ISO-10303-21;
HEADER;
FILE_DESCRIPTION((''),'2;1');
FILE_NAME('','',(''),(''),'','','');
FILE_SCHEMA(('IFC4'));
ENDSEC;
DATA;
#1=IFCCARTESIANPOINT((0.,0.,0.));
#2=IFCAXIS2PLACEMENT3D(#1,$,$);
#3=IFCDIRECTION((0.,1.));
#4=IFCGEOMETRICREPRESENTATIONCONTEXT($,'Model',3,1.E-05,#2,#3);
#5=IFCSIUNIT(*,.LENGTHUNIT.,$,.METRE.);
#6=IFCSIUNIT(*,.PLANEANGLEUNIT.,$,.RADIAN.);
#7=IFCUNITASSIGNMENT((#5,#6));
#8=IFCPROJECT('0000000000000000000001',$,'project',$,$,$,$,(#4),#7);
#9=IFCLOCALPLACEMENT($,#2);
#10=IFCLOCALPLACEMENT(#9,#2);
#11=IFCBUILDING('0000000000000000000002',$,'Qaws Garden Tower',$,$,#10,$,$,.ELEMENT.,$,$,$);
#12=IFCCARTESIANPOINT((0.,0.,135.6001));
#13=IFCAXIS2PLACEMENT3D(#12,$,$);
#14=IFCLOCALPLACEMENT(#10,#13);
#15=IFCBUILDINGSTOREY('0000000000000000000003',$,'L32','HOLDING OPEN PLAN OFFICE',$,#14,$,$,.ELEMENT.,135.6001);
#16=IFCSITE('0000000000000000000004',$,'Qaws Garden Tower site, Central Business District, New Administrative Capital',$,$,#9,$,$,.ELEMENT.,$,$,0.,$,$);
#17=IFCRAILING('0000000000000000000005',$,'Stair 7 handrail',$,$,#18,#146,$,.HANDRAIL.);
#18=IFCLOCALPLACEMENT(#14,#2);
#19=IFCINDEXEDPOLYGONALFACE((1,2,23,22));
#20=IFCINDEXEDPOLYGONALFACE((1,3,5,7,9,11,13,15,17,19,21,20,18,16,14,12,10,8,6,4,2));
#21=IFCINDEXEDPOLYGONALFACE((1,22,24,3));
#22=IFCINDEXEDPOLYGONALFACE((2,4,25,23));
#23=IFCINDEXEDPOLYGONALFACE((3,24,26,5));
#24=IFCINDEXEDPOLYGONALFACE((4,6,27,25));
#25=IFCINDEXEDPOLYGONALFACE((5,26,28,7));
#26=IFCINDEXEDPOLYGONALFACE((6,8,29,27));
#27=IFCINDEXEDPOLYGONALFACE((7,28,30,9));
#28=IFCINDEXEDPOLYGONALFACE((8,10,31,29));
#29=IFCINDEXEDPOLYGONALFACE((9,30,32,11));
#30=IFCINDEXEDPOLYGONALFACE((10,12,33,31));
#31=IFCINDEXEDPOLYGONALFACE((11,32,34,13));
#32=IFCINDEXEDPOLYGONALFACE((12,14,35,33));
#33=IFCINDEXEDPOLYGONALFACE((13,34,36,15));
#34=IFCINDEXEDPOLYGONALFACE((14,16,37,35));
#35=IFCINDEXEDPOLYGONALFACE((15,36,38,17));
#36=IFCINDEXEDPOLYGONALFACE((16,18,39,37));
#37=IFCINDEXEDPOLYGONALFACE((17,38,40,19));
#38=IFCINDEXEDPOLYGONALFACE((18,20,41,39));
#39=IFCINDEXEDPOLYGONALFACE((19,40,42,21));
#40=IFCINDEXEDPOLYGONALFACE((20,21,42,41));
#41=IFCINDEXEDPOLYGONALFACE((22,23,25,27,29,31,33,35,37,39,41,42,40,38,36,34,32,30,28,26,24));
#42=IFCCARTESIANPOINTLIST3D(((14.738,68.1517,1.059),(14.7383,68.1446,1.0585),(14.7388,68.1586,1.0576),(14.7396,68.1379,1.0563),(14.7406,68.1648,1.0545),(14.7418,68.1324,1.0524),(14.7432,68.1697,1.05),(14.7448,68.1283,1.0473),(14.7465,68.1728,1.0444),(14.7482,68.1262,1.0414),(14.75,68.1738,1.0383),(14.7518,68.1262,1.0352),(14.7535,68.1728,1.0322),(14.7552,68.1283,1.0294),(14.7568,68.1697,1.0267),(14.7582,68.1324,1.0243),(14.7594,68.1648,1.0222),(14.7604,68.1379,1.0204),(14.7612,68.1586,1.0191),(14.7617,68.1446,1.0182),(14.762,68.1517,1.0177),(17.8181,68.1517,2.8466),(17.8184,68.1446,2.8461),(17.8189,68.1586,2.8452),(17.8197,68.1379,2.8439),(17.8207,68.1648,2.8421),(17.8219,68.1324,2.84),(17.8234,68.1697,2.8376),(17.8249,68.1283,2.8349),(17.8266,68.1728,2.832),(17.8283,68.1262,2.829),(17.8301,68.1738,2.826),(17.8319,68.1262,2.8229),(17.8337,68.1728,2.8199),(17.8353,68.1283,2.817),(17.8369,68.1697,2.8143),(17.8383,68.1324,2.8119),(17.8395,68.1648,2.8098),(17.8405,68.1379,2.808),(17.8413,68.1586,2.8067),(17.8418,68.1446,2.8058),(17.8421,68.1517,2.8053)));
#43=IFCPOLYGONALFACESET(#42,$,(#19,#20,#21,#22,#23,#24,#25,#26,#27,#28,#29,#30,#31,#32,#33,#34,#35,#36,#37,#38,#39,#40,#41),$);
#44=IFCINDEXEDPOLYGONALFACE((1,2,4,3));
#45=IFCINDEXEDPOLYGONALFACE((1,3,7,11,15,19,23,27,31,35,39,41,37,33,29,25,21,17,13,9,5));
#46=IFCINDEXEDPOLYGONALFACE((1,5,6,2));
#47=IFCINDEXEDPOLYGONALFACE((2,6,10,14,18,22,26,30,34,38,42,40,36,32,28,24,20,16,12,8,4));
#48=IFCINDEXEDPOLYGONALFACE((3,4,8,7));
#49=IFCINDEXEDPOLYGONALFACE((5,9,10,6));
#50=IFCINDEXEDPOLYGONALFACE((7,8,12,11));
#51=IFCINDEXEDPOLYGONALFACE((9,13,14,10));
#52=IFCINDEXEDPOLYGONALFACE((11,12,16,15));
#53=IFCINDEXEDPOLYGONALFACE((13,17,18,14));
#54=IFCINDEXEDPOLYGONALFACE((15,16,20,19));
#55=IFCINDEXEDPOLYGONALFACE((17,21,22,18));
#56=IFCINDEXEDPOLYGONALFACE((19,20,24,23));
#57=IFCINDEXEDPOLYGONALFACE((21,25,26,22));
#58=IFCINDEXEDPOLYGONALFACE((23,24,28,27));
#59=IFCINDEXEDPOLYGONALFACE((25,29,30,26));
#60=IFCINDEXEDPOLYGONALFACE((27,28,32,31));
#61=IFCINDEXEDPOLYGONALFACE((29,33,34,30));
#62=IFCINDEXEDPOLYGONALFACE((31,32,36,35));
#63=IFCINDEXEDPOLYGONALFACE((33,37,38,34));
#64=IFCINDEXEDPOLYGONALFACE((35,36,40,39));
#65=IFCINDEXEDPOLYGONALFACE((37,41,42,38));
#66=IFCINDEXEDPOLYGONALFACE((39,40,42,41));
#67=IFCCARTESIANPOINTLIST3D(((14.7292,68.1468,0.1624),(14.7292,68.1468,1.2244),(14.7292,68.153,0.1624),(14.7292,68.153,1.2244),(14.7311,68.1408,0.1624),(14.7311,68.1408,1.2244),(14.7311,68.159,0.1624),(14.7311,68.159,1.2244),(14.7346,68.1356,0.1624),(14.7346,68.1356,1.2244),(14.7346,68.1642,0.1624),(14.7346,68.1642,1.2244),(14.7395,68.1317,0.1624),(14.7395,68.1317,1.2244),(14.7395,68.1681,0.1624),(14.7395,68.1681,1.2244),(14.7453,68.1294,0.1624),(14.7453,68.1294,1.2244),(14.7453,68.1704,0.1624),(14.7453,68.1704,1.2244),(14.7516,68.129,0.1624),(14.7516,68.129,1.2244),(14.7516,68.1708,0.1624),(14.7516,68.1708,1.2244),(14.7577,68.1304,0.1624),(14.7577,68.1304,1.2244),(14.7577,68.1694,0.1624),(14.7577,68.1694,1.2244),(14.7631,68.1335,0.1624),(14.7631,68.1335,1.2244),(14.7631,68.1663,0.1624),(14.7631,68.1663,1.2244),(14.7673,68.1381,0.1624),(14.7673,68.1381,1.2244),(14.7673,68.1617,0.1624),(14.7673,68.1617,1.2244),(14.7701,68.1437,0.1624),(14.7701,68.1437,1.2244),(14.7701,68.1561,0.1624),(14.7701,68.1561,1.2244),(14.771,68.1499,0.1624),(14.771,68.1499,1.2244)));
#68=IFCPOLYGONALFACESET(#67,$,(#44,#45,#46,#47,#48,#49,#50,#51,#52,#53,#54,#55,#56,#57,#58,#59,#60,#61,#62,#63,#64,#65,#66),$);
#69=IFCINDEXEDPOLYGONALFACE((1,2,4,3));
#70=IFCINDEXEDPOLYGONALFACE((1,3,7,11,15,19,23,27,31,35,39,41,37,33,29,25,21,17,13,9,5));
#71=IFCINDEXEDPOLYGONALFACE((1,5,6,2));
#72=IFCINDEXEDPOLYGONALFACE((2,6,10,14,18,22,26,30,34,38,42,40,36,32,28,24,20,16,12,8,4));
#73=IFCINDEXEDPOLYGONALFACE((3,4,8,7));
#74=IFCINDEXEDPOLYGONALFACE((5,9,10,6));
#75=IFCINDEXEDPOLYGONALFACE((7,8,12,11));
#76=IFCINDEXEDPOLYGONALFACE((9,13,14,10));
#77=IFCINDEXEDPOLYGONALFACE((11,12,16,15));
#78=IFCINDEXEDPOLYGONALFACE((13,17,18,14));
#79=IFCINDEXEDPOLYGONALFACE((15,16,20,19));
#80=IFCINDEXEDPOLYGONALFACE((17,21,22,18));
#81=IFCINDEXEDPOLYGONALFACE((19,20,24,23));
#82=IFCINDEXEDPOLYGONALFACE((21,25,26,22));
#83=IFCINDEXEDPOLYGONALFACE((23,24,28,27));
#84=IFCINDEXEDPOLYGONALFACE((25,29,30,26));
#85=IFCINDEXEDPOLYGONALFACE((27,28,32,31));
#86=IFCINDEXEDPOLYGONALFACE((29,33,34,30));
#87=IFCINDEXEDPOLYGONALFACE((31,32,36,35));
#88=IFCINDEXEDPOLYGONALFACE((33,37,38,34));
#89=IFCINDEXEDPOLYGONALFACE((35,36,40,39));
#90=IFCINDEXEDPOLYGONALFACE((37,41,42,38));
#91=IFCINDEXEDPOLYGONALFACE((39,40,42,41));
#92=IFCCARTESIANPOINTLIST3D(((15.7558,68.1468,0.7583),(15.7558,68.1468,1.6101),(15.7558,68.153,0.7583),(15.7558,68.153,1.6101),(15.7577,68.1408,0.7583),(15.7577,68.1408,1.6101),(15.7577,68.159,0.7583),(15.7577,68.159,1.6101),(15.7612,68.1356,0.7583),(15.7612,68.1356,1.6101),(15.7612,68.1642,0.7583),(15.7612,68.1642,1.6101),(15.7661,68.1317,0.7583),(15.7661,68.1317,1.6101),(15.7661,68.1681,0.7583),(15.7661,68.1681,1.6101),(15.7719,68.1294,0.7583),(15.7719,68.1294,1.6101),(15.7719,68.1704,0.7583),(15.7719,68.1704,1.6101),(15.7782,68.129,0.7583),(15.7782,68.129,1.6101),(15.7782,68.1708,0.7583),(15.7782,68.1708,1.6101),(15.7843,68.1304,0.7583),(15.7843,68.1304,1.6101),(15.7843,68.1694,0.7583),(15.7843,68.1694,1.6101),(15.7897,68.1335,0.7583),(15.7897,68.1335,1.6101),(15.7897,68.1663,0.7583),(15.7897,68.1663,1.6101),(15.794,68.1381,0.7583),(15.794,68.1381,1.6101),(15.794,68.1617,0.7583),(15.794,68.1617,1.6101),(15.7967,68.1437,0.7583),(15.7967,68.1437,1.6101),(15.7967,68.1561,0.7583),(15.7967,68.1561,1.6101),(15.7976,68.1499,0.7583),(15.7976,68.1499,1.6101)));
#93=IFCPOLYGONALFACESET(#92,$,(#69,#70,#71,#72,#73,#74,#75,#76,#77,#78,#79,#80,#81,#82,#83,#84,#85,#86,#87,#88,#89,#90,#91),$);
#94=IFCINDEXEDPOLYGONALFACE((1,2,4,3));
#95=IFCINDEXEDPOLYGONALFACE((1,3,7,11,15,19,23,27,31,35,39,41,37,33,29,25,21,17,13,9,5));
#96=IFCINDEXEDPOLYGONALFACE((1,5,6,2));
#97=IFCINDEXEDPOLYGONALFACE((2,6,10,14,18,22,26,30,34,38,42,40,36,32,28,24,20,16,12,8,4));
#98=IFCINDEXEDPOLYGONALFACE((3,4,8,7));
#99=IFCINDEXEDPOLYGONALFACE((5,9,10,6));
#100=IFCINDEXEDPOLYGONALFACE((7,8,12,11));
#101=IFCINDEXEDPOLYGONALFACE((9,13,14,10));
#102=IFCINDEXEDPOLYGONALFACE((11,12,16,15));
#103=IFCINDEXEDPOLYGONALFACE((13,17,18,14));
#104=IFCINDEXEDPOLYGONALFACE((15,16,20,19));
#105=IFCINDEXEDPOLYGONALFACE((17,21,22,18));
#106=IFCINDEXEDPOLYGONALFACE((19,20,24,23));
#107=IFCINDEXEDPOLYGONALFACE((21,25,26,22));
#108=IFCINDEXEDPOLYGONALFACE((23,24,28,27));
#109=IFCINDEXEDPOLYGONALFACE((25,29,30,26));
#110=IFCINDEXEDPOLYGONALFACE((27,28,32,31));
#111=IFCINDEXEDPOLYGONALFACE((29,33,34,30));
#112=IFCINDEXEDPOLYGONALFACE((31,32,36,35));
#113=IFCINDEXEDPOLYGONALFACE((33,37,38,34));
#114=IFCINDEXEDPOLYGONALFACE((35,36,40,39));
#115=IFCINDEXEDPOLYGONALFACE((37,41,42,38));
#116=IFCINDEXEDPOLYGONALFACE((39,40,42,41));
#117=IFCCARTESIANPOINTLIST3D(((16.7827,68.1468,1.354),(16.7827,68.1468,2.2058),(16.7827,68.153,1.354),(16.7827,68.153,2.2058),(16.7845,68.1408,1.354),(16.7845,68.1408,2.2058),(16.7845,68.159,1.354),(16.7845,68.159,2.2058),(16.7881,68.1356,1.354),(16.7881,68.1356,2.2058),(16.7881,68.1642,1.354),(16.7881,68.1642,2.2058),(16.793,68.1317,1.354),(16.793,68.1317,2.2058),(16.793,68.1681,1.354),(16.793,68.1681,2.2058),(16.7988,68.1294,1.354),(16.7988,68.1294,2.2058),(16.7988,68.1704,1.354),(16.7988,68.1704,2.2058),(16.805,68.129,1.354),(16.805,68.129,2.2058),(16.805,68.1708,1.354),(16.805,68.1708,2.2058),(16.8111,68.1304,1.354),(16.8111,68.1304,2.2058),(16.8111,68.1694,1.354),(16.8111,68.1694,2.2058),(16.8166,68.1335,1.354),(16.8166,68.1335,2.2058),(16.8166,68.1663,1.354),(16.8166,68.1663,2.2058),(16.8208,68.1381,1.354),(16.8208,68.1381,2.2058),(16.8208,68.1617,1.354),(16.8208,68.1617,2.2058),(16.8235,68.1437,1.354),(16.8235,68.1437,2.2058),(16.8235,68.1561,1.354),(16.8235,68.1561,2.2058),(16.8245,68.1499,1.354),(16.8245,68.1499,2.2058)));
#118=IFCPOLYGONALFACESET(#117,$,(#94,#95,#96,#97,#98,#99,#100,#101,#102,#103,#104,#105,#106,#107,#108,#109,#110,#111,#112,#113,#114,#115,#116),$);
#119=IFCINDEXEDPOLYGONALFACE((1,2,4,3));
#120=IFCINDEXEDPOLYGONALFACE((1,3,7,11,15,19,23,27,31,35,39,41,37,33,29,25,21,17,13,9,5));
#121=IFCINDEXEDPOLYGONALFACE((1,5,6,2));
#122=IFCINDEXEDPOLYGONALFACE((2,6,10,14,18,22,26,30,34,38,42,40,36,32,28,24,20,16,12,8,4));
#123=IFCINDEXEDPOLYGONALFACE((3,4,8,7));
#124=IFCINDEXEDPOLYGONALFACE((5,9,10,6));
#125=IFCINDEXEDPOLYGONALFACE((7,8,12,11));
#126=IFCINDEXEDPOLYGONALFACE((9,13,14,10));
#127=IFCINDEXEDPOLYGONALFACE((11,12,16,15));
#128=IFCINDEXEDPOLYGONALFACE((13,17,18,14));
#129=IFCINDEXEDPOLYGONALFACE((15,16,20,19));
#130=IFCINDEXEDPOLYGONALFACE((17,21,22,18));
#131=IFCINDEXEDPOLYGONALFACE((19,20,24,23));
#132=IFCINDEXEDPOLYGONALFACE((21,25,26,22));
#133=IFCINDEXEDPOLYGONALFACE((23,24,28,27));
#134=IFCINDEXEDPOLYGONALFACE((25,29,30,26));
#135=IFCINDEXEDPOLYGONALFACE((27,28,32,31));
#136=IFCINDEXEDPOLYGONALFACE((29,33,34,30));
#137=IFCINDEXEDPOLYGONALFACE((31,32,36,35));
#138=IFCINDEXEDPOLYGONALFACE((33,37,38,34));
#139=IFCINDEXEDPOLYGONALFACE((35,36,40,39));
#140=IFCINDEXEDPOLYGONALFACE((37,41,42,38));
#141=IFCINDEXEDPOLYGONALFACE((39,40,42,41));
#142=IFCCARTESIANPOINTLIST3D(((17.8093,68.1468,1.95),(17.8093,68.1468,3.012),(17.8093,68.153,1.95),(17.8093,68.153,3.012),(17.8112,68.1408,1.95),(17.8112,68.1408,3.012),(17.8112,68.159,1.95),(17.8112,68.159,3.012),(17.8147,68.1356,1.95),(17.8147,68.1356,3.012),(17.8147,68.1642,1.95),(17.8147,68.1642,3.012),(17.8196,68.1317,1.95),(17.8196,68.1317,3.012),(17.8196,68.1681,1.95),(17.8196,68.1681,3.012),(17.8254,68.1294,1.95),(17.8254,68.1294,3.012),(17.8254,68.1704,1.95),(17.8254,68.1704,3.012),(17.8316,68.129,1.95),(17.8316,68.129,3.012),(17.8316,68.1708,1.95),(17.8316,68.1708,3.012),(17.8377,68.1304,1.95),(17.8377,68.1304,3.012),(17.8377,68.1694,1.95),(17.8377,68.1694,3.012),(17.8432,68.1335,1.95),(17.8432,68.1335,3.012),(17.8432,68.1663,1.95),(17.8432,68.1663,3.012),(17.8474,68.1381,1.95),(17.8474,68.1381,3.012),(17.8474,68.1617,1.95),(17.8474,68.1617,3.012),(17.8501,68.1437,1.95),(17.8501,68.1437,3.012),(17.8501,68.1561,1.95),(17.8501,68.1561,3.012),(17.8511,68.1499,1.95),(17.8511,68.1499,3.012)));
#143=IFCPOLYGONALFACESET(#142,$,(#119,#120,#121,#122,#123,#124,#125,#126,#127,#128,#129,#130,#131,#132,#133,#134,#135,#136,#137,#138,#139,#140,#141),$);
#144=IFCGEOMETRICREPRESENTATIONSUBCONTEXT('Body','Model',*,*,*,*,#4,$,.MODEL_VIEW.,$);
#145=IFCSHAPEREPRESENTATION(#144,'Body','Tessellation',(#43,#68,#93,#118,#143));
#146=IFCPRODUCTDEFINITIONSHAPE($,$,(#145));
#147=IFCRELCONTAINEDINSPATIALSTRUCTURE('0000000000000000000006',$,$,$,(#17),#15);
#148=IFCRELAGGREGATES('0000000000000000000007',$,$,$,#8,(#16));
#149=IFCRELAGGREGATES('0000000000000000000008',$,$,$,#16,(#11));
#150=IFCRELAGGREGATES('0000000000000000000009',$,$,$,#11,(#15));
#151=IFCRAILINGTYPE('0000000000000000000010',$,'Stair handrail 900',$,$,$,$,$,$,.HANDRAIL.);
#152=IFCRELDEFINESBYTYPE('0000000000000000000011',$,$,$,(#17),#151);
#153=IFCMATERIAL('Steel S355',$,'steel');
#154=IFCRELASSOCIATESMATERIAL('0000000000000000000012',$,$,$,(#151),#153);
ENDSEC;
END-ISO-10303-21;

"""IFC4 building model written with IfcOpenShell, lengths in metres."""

from ifc_helpers import new_model, si_unit, direction, frame, origin, origin_2d, place, context, subcontext, project, spatial, circle, extrude, material, type_object, element, save


model = new_model("IFC4")

# Units and contexts
model_context = context("Model", 3, precision=1e-05, world=origin(), true_north=direction((0.0, 1.0)))
body_context = subcontext(model_context, "Body", "Model", "MODEL_VIEW")
ifc_project = project(units=[si_unit("LENGTHUNIT", "METRE"), si_unit("PLANEANGLEUNIT", "RADIAN")], contexts=[model_context])

# Site, building, storey
site_placement = place(None, origin())
site = spatial("IfcSite", under=ifc_project, at=site_placement, Name="Qaws Garden Tower site, Central Business District, New Administrative Capital", CompositionType="ELEMENT", RefElevation=0.0)
building_placement = place(site_placement, origin())
building = spatial("IfcBuilding", under=site, at=building_placement, Name="Qaws Garden Tower", CompositionType="ELEMENT")
storey_placement = place(building_placement, frame((0.0, 0.0, 135.6001)))
storey = spatial("IfcBuildingStorey", under=building, at=storey_placement, Name="L32", Description="HOLDING OPEN PLAN OFFICE", CompositionType="ELEMENT", Elevation=135.6001)

# Railing
ifc_material_1 = material(Name="Steel S355", Category="steel")
railing_type = type_object("IfcRailingType", Name="Stair handrail 900", PredefinedType="HANDRAIL", material=ifc_material_1)
railing_1_placement = place(storey_placement, frame((14.75, 68.1499, 0.1624)))
element("IfcRailing", 1, at=railing_1_placement, inside=storey, type_object=railing_type, Name="Stair 7 handrail", PredefinedType="HANDRAIL", context=body_context, shape_type="SweptSolid", body=[
    extrude(circle(Radius=0.0239, at=origin_2d()), frame((0.0, 0.0, 0.876), z_axis=(0.864891, 0.0, 0.50196), x_axis=(0.0, 1.0, 0.0)), (0.0, 0.0, 1.0), 3.5613),
    extrude(circle(Radius=0.021, at=origin_2d()), origin(), (0.0, 0.0, 1.0), 1.062),
    extrude(circle(Radius=0.021, at=origin_2d()), frame((1.0266, 0.0, 0.5959)), (0.0, 0.0, 1.0), 0.8518),
    extrude(circle(Radius=0.021, at=origin_2d()), frame((2.0535, 0.0, 1.1917)), (0.0, 0.0, 1.0), 0.8518),
    extrude(circle(Radius=0.021, at=origin_2d()), frame((3.0801, 0.0, 1.7876)), (0.0, 0.0, 1.0), 1.062),
])

save(model, "model.ifc")
